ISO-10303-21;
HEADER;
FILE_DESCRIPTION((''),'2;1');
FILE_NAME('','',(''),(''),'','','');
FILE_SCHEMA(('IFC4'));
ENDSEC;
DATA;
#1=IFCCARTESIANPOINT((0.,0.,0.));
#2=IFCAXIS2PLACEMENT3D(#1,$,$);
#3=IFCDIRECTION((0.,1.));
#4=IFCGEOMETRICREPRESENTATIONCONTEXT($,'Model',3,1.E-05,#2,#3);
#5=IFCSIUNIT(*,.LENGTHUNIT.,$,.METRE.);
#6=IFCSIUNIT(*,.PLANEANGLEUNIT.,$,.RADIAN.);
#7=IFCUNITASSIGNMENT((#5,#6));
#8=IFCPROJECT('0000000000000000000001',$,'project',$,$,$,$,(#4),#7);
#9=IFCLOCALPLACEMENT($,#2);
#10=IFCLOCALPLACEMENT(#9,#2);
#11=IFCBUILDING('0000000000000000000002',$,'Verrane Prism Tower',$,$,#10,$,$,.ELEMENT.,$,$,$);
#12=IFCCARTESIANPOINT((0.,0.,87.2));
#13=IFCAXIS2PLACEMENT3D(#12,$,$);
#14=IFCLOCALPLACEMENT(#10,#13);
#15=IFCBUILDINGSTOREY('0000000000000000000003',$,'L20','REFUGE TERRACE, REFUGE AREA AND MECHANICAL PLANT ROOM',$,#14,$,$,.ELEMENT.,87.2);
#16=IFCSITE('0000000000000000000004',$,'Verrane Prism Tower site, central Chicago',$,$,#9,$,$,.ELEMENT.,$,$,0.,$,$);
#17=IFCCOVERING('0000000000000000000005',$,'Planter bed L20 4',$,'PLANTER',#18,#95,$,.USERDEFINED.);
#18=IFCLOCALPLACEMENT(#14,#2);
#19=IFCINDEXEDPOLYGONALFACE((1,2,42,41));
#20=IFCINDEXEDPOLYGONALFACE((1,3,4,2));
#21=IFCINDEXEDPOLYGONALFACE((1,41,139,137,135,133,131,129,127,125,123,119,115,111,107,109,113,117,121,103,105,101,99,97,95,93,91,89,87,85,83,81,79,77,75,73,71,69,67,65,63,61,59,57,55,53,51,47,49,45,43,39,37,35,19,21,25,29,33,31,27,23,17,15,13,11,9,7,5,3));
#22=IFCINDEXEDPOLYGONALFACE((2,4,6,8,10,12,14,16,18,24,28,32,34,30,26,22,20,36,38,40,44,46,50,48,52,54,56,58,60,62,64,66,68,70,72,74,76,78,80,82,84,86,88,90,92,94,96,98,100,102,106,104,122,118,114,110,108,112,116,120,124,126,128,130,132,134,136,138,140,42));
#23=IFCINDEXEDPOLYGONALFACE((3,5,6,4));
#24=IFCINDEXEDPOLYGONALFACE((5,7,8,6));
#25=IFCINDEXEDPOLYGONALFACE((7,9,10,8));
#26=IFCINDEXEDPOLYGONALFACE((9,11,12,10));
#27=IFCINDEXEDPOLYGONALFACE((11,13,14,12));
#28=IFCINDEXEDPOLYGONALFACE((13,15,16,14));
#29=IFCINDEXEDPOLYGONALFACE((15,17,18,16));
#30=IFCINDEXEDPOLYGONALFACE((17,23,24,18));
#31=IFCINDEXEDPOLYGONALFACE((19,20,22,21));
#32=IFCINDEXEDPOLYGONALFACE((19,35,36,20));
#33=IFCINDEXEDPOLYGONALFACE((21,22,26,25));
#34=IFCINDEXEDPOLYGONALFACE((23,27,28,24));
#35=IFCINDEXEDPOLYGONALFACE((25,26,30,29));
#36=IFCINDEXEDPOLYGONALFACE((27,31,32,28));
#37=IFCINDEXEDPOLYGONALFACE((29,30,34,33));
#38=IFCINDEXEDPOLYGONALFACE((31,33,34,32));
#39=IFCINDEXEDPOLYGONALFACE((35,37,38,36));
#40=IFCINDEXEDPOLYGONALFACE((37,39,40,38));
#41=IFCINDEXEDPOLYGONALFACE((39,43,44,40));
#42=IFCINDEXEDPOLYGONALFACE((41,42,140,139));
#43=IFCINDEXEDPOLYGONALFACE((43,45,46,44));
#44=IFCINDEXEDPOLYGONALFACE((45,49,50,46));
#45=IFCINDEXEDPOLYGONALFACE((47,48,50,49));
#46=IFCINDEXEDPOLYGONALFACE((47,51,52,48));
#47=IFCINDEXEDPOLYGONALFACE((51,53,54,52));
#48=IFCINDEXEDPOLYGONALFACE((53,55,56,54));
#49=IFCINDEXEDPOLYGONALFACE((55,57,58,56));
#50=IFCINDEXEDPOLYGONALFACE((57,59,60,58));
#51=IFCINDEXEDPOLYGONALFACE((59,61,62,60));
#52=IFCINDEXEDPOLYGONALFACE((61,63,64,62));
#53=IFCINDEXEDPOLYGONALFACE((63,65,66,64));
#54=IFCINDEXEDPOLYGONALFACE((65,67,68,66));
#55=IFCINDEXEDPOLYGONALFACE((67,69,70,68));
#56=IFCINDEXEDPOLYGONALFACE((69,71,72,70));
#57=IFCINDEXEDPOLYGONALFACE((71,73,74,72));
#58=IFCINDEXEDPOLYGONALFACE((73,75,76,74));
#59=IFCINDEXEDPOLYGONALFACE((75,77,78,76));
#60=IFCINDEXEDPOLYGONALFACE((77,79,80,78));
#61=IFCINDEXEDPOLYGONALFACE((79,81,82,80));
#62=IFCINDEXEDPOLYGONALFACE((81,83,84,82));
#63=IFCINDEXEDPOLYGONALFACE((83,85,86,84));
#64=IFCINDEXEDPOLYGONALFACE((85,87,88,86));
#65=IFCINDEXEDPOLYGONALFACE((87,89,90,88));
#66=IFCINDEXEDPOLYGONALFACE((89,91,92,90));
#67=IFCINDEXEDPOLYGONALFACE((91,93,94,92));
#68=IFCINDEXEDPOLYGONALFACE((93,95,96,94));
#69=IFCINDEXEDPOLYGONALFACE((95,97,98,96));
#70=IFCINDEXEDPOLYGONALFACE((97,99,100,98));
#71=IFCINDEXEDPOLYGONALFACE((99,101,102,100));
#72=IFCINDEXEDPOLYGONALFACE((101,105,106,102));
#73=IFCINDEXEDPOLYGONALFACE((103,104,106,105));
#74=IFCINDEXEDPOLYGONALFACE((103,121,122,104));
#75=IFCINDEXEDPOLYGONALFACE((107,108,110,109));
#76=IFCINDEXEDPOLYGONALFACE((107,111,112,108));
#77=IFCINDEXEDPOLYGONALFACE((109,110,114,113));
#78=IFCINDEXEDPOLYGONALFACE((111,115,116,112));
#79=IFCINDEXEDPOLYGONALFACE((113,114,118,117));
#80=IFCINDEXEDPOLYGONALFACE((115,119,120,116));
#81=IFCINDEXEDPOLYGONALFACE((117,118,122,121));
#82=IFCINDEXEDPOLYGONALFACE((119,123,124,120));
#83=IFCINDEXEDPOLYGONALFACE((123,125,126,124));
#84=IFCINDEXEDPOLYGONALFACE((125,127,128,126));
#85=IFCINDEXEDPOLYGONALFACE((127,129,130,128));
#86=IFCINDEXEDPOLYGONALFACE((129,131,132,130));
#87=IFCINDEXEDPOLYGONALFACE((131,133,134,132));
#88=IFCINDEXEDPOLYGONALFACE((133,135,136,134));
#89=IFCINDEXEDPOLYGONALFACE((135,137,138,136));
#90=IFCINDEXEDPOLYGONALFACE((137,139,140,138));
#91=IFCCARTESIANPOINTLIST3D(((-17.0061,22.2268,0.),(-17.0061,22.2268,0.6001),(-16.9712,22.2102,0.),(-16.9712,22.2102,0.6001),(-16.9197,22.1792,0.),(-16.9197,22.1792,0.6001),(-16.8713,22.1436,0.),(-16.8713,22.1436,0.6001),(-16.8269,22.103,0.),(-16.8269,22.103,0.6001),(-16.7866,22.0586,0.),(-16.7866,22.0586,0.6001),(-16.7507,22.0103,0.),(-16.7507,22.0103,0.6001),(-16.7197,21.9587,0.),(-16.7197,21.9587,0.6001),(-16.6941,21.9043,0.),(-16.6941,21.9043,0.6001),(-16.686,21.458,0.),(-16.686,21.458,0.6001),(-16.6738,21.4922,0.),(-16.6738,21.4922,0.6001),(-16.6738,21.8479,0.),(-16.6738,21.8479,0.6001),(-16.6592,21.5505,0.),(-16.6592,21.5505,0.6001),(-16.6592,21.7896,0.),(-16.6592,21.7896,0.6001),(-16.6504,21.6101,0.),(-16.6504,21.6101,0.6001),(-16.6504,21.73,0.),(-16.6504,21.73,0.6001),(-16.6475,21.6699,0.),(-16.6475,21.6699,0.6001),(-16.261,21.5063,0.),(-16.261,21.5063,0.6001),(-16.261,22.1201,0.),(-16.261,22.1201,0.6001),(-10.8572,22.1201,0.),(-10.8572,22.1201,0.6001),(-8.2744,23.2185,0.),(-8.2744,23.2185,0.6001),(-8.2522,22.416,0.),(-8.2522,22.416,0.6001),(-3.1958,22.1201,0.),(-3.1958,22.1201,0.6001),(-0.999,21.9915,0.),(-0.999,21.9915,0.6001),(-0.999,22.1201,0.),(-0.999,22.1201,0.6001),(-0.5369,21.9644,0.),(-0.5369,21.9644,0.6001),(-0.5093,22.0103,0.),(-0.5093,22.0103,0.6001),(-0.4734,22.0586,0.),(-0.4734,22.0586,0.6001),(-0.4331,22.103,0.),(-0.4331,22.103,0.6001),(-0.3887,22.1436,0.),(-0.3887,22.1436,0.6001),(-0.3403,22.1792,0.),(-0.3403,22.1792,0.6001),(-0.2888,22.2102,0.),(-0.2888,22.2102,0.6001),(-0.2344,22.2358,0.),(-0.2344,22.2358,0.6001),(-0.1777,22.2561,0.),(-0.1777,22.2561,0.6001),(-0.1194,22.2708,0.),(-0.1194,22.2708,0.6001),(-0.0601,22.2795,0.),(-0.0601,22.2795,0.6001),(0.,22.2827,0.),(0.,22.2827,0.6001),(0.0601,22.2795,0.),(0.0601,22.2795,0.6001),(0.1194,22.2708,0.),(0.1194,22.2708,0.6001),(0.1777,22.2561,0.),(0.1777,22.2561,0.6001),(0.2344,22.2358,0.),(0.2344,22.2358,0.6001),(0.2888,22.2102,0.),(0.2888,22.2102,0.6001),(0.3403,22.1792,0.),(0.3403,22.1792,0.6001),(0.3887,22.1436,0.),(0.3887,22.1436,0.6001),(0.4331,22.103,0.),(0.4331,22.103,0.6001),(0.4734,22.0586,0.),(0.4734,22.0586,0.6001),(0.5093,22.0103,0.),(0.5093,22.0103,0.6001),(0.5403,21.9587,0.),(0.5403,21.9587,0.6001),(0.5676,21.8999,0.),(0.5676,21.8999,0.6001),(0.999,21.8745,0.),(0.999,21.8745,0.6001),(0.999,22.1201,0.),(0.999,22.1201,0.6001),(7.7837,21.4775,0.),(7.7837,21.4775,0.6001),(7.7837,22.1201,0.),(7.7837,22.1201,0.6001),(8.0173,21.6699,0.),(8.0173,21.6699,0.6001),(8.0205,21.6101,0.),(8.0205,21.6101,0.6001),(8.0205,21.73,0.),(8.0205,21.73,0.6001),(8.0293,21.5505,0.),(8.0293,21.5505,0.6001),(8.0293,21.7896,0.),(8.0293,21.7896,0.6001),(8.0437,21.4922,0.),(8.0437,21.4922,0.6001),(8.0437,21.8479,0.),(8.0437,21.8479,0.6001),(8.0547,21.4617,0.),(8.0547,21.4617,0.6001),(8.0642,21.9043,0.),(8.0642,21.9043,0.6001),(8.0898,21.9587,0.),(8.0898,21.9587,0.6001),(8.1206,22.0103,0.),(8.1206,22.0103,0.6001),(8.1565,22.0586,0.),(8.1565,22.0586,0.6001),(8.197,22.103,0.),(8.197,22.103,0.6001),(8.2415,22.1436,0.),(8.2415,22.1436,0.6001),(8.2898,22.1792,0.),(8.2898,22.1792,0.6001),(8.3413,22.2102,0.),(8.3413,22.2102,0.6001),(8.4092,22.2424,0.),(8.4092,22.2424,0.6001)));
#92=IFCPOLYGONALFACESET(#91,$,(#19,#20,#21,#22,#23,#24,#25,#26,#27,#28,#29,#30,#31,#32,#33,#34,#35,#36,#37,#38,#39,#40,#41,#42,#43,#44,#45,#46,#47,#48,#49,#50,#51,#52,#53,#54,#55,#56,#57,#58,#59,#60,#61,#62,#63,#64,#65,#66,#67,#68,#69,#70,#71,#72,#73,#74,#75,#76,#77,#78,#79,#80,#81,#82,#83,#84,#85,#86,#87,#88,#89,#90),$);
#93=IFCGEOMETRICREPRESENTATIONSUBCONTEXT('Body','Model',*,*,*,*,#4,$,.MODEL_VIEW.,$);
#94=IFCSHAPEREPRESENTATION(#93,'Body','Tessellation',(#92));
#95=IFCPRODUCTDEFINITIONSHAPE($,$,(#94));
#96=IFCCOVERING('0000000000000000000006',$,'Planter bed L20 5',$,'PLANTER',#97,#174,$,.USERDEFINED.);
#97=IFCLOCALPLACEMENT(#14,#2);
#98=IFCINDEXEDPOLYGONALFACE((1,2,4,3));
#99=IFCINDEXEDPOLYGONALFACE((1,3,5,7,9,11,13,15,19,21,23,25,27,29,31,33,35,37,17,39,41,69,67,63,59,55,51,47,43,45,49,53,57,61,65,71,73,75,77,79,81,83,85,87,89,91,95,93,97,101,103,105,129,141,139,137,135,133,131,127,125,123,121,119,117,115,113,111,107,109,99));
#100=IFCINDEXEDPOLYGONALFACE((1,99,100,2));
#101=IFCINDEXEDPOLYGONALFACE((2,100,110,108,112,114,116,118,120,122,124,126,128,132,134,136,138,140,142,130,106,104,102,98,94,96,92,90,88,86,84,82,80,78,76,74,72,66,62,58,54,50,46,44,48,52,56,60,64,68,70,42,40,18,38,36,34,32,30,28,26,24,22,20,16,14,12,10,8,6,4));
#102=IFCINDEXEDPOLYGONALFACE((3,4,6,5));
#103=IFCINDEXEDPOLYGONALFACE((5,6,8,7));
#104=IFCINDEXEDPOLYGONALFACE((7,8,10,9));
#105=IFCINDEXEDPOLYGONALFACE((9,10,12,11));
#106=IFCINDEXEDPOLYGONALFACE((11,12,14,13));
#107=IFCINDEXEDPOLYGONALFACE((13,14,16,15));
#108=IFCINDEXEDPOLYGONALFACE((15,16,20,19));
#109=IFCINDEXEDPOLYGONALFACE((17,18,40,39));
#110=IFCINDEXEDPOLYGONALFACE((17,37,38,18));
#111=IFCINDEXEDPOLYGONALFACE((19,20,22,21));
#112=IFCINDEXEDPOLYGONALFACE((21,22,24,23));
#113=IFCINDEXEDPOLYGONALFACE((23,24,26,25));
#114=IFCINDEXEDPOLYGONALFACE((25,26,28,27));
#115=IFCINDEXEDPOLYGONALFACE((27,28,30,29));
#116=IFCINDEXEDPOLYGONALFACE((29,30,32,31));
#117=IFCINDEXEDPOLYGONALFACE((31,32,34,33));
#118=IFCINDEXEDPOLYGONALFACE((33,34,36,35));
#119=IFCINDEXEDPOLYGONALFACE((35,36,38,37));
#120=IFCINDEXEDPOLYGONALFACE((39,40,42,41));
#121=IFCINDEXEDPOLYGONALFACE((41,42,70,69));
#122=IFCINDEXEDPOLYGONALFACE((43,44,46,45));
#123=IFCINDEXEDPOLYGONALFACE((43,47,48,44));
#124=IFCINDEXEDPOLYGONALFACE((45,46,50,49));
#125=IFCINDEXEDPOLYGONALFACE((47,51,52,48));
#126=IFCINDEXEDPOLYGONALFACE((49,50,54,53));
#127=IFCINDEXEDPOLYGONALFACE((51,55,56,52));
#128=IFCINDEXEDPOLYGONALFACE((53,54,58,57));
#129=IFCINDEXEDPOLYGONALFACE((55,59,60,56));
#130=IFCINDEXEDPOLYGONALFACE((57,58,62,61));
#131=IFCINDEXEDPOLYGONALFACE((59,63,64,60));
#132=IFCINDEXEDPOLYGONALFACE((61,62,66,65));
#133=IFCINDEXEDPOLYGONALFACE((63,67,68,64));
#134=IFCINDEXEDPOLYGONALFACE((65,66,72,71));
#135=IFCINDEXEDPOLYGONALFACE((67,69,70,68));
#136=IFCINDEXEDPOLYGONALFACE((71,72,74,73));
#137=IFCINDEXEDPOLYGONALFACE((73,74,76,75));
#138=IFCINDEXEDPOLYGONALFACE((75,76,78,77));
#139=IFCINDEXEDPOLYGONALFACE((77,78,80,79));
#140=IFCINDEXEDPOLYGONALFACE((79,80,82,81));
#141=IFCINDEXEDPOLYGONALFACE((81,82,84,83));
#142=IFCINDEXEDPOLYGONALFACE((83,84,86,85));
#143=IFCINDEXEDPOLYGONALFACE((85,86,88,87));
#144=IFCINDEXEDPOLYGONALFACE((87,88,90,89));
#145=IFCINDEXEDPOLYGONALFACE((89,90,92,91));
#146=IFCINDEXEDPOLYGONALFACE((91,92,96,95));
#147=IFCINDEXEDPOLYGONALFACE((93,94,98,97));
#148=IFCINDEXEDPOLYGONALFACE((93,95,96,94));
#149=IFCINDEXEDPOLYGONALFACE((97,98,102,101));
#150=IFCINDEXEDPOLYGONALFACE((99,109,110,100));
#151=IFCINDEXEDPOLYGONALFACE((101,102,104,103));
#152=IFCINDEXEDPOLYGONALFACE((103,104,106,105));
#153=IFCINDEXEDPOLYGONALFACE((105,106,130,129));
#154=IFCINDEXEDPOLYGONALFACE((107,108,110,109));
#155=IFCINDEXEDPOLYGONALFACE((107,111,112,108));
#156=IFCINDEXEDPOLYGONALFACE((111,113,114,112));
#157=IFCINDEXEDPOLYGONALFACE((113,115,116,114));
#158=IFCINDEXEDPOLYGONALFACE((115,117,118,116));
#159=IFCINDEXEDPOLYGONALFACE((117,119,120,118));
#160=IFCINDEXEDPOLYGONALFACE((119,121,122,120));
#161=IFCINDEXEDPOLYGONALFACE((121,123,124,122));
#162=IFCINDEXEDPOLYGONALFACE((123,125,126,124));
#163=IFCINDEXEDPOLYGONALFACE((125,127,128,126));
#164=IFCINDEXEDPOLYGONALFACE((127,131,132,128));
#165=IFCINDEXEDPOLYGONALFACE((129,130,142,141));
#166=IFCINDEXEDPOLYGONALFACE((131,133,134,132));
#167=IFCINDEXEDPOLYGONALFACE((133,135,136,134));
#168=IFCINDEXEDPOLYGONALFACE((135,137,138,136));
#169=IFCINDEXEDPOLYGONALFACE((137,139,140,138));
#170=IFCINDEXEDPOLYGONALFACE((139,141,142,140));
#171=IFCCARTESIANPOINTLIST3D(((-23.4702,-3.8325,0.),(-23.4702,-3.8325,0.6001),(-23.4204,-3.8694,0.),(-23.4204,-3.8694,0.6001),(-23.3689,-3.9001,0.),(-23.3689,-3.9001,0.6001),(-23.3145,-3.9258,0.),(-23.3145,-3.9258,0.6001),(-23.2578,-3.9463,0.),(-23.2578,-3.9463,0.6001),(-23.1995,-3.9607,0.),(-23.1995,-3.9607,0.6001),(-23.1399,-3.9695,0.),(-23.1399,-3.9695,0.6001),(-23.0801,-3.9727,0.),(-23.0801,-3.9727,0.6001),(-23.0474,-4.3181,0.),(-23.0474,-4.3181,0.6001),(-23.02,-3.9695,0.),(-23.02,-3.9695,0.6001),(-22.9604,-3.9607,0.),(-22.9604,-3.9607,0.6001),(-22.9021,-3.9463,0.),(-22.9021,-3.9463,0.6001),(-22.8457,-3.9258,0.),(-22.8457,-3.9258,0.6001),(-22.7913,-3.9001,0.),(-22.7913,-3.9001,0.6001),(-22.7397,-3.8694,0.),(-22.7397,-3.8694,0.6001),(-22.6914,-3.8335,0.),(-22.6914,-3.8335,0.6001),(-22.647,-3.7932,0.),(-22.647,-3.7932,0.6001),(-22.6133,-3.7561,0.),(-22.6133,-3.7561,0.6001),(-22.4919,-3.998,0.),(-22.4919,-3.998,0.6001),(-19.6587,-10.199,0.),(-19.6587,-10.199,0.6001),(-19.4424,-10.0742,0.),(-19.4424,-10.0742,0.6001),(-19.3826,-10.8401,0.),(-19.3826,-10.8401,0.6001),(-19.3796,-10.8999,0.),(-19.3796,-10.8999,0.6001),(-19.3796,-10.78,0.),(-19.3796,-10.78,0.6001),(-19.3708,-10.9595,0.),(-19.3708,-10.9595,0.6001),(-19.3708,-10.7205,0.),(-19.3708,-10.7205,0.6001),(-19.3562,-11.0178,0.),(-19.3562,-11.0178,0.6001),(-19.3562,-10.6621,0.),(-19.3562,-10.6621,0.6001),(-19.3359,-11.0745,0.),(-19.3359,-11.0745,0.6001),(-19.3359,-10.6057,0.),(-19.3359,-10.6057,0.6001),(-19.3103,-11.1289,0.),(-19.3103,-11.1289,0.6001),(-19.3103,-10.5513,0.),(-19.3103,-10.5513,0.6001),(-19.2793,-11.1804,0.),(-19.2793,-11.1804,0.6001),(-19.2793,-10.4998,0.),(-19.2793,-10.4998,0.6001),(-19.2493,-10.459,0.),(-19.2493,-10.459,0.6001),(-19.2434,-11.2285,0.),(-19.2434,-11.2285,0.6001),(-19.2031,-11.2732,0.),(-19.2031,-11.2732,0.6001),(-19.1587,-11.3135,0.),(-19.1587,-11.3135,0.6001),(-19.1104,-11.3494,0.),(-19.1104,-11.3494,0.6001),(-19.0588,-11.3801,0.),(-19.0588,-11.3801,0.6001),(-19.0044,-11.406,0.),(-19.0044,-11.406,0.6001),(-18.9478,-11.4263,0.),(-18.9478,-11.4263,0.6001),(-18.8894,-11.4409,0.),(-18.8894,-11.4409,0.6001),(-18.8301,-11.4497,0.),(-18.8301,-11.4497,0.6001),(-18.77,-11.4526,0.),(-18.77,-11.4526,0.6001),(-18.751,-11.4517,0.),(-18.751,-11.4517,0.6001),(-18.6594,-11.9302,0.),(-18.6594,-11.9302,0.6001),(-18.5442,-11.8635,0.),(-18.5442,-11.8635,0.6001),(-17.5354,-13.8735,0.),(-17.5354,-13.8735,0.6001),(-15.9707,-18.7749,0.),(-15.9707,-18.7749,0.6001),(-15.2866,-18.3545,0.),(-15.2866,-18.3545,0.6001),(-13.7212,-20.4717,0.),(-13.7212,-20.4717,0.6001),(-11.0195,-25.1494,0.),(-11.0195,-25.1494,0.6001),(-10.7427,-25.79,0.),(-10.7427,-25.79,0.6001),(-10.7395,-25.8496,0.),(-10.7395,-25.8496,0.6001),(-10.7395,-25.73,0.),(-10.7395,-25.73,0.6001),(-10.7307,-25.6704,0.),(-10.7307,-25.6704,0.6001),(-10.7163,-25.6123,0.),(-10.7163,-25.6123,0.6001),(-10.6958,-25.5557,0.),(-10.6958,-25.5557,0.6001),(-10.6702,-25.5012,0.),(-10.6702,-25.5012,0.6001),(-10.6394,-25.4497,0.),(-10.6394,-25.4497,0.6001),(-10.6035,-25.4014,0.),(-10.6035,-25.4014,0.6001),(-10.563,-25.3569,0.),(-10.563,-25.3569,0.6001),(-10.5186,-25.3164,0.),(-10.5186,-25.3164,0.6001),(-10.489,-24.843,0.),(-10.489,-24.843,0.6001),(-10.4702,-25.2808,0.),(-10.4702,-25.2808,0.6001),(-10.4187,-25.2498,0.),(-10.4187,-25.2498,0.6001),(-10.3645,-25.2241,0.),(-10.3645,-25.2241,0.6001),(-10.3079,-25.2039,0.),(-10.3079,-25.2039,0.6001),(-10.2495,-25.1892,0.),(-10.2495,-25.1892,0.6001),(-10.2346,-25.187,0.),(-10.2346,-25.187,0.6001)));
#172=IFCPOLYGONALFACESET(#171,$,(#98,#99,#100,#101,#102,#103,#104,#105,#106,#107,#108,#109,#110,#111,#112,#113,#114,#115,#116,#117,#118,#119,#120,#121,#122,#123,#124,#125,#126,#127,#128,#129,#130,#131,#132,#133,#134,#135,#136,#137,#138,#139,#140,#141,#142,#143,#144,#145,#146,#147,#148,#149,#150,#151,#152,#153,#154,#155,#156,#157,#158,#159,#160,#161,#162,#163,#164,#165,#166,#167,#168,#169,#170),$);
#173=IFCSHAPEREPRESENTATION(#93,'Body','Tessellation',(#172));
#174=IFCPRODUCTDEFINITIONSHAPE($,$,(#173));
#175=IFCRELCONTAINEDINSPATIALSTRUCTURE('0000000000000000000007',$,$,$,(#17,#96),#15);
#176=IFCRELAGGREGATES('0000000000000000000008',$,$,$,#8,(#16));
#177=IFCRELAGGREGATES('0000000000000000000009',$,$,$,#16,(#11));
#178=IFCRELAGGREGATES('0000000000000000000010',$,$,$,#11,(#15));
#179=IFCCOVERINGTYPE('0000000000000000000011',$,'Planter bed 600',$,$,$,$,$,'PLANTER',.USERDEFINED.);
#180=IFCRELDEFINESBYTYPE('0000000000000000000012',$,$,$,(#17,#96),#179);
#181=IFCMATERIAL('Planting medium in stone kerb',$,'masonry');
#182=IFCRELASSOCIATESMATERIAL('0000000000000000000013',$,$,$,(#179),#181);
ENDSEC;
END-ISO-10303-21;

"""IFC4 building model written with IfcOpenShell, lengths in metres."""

from ifc_helpers import new_model, si_unit, direction, frame, origin, place, context, subcontext, project, spatial, polyline, outline, extrude, material, type_object, element, save


model = new_model("IFC4")

# Units and contexts
model_context = context("Model", 3, precision=1e-05, world=origin(), true_north=direction((0.0, 1.0)))
body_context = subcontext(model_context, "Body", "Model", "MODEL_VIEW")
ifc_project = project(units=[si_unit("LENGTHUNIT", "METRE"), si_unit("PLANEANGLEUNIT", "RADIAN")], contexts=[model_context])

# Site, building, storey
site_placement = place(None, origin())
site = spatial("IfcSite", under=ifc_project, at=site_placement, Name="Verrane Prism Tower site, central Chicago", CompositionType="ELEMENT", RefElevation=0.0)
building_placement = place(site_placement, origin())
building = spatial("IfcBuilding", under=site, at=building_placement, Name="Verrane Prism Tower", CompositionType="ELEMENT")
storey_placement = place(building_placement, frame((0.0, 0.0, 87.2)))
storey = spatial("IfcBuildingStorey", under=building, at=storey_placement, Name="L20", Description="REFUGE TERRACE, REFUGE AREA AND MECHANICAL PLANT ROOM", CompositionType="ELEMENT", Elevation=87.2)

# Coverings
ifc_material_1 = material(Name="Planting medium in stone kerb", Category="masonry")
covering_type_1 = type_object("IfcCoveringType", Name="Planter bed 600", ElementType="PLANTER", PredefinedType="USERDEFINED", material=ifc_material_1)
covering_1_placement = place(storey_placement, origin())
element("IfcCovering", 1, at=covering_1_placement, inside=storey, type_object=covering_type_1, Name="Planter bed L20 4", ObjectType="PLANTER", PredefinedType="USERDEFINED", context=body_context, shape_type="SweptSolid", body=[
    extrude(outline(polyline([(-17.0061, 22.2268), (-16.9712, 22.2102), (-16.9197, 22.1792), (-16.8713, 22.1436), (-16.8269, 22.103), (-16.7866, 22.0586), (-16.7507, 22.0103), (-16.7197, 21.9587), (-16.6941, 21.9043), (-16.6738, 21.8479), (-16.6592, 21.7896), (-16.6504, 21.73), (-16.6475, 21.6699), (-16.6504, 21.6101), (-16.6592, 21.5505), (-16.6738, 21.4922), (-16.686, 21.458), (-16.261, 21.5063), (-16.261, 22.1201), (-10.8572, 22.1201), (-8.2522, 22.416), (-3.1958, 22.1201), (-0.999, 22.1201), (-0.999, 21.9915), (-0.5369, 21.9644), (-0.5093, 22.0103), (-0.4734, 22.0586), (-0.4331, 22.103), (-0.3887, 22.1436), (-0.3403, 22.1792), (-0.2888, 22.2102), (-0.2344, 22.2358), (-0.1777, 22.2561), (-0.1194, 22.2708), (-0.0601, 22.2795), (0.0, 22.2827), (0.0601, 22.2795), (0.1194, 22.2708), (0.1777, 22.2561), (0.2344, 22.2358), (0.2888, 22.2102), (0.3403, 22.1792), (0.3887, 22.1436), (0.4331, 22.103), (0.4734, 22.0586), (0.5093, 22.0103), (0.5403, 21.9587), (0.5676, 21.8999), (0.999, 21.8745), (0.999, 22.1201), (7.7837, 22.1201), (7.7837, 21.4775), (8.0547, 21.4617), (8.0437, 21.4922), (8.0293, 21.5505), (8.0205, 21.6101), (8.0173, 21.6699), (8.0205, 21.73), (8.0293, 21.7896), (8.0437, 21.8479), (8.0642, 21.9043), (8.0898, 21.9587), (8.1206, 22.0103), (8.1565, 22.0586), (8.197, 22.103), (8.2415, 22.1436), (8.2898, 22.1792), (8.3413, 22.2102), (8.4092, 22.2424), (-8.2744, 23.2185), (-17.0061, 22.2268)])), origin(), (0.0, 0.0, 1.0), 0.6001),
])
covering_2_placement = place(storey_placement, origin())
element("IfcCovering", 2, at=covering_2_placement, inside=storey, type_object=covering_type_1, Name="Planter bed L20 5", ObjectType="PLANTER", PredefinedType="USERDEFINED", context=body_context, shape_type="SweptSolid", body=[
    extrude(outline(polyline([(-15.9707, -18.7749), (-10.7395, -25.8496), (-10.7427, -25.79), (-10.7395, -25.73), (-10.7307, -25.6704), (-10.7163, -25.6123), (-10.6958, -25.5557), (-10.6702, -25.5012), (-10.6394, -25.4497), (-10.6035, -25.4014), (-10.563, -25.3569), (-10.5186, -25.3164), (-10.4702, -25.2808), (-10.4187, -25.2498), (-10.3645, -25.2241), (-10.3079, -25.2039), (-10.2495, -25.1892), (-10.2346, -25.187), (-10.489, -24.843), (-11.0195, -25.1494), (-13.7212, -20.4717), (-15.2866, -18.3545), (-17.5354, -13.8735), (-18.6594, -11.9302), (-18.5442, -11.8635), (-18.751, -11.4517), (-18.77, -11.4526), (-18.8301, -11.4497), (-18.8894, -11.4409), (-18.9478, -11.4263), (-19.0044, -11.406), (-19.0588, -11.3801), (-19.1104, -11.3494), (-19.1587, -11.3135), (-19.2031, -11.2732), (-19.2434, -11.2285), (-19.2793, -11.1804), (-19.3103, -11.1289), (-19.3359, -11.0745), (-19.3562, -11.0178), (-19.3708, -10.9595), (-19.3796, -10.8999), (-19.3826, -10.8401), (-19.3796, -10.78), (-19.3708, -10.7205), (-19.3562, -10.6621), (-19.3359, -10.6057), (-19.3103, -10.5513), (-19.2793, -10.4998), (-19.2493, -10.459), (-19.4424, -10.0742), (-19.6587, -10.199), (-23.0474, -4.3181), (-22.4919, -3.998), (-22.6133, -3.7561), (-22.647, -3.7932), (-22.6914, -3.8335), (-22.7397, -3.8694), (-22.7913, -3.9001), (-22.8457, -3.9258), (-22.9021, -3.9463), (-22.9604, -3.9607), (-23.02, -3.9695), (-23.0801, -3.9727), (-23.1399, -3.9695), (-23.1995, -3.9607), (-23.2578, -3.9463), (-23.3145, -3.9258), (-23.3689, -3.9001), (-23.4204, -3.8694), (-23.4702, -3.8325), (-15.9707, -18.7749)])), origin(), (0.0, 0.0, 1.0), 0.6001),
])

save(model, "model.ifc")
